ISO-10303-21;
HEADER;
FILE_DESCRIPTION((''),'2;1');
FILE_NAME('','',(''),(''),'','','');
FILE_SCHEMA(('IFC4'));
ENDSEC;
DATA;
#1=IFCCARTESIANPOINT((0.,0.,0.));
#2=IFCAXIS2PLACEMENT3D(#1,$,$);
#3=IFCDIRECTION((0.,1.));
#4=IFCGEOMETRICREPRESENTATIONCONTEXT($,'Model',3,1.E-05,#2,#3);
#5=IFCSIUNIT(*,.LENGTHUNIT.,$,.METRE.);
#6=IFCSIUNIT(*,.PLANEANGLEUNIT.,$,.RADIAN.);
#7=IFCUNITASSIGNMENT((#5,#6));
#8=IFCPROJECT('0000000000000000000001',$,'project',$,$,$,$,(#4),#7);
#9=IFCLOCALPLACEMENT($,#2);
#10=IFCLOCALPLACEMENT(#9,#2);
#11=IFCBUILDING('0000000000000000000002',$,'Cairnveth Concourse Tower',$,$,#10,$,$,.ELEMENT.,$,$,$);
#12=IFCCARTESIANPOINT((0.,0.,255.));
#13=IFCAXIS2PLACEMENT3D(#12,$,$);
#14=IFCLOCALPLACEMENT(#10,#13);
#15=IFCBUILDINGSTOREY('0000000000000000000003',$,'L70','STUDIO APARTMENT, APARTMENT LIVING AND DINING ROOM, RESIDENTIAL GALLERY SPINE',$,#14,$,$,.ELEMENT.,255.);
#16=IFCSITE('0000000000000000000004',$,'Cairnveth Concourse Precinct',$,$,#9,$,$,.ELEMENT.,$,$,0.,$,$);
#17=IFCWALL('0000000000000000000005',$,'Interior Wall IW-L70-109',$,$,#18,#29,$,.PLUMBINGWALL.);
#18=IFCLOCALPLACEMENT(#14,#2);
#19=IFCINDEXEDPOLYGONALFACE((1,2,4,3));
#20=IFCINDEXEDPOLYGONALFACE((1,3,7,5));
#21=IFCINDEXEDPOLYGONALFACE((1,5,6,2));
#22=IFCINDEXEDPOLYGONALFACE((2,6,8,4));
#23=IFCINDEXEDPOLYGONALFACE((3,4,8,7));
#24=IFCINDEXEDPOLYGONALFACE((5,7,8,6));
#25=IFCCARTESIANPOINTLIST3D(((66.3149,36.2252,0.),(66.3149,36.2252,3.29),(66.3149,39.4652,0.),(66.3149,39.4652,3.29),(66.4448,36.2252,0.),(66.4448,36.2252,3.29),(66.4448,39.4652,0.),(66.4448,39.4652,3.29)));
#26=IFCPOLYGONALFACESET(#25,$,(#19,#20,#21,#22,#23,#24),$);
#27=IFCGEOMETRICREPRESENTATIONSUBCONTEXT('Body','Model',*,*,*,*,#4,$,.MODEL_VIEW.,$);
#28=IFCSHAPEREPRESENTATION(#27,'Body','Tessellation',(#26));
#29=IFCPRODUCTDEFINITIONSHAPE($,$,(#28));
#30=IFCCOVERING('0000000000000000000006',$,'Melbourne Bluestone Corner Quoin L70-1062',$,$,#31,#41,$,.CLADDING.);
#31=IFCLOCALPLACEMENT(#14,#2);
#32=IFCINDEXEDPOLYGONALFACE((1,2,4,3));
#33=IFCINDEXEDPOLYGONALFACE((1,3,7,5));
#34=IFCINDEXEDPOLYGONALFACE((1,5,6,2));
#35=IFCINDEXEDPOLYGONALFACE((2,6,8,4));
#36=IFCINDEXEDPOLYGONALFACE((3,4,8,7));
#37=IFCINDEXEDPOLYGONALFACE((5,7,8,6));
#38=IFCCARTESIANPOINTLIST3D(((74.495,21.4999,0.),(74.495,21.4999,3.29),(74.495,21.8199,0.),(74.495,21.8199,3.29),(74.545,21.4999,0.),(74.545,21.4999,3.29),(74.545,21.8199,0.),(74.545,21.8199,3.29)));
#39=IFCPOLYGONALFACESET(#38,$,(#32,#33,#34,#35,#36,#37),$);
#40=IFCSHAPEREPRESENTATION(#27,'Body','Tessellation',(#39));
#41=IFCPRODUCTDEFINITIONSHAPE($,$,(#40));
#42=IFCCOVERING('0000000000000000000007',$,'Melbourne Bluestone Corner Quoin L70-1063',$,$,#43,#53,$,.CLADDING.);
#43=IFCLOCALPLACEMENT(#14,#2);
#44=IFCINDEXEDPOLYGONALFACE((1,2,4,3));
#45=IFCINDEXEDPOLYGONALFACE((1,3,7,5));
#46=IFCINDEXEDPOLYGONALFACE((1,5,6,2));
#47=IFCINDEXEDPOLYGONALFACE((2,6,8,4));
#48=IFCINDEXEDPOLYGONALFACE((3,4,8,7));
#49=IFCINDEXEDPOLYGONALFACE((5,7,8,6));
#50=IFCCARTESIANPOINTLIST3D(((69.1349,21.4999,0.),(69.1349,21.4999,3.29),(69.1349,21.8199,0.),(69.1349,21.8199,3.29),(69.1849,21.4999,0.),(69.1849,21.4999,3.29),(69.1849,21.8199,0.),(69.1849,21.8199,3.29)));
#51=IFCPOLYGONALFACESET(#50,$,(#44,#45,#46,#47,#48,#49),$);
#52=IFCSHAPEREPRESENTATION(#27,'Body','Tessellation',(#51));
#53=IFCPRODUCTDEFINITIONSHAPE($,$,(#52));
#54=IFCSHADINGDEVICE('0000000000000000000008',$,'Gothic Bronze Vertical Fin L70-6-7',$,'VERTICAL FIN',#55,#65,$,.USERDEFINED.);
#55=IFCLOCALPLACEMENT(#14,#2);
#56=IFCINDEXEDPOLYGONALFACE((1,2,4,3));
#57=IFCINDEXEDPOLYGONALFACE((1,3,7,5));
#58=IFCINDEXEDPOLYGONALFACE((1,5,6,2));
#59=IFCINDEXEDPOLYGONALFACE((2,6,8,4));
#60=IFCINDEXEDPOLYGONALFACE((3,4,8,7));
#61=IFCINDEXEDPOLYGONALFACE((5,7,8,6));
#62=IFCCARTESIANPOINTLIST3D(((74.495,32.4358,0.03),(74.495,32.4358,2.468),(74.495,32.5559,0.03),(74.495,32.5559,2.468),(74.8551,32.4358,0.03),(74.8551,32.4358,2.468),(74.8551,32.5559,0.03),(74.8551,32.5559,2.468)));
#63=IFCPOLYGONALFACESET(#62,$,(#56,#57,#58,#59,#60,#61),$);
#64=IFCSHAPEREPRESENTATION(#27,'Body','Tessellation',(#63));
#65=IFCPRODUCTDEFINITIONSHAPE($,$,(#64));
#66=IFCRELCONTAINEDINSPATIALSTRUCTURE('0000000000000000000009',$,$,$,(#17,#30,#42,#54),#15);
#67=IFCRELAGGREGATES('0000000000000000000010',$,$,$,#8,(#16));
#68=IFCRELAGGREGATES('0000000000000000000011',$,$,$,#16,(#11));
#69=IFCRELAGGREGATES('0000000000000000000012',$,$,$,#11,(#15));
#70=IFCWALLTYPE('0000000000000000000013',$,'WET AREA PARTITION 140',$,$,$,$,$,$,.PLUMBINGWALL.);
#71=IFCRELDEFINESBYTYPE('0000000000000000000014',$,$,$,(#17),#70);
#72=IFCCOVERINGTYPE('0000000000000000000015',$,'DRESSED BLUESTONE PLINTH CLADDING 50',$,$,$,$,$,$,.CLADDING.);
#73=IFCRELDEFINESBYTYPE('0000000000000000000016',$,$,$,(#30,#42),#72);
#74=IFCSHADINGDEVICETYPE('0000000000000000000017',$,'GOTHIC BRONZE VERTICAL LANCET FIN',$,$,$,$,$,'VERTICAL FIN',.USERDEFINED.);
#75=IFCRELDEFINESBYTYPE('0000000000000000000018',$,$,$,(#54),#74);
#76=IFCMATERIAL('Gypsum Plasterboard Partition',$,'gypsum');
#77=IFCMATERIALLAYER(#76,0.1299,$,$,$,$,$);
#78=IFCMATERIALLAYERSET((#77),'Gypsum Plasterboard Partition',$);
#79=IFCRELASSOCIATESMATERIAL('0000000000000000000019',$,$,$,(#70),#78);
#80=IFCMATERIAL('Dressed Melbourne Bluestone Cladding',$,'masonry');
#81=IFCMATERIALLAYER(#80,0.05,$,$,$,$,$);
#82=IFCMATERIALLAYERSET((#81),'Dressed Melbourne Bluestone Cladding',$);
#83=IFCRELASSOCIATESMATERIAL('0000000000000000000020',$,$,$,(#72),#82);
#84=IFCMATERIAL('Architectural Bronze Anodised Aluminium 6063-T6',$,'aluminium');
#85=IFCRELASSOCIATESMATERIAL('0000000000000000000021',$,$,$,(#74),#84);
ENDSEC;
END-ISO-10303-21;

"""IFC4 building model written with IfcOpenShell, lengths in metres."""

from ifc_helpers import new_model, si_unit, direction, frame, frame_2d, origin, origin_2d, place, context, subcontext, project, spatial, rectangle, extrude, material, layer, layer_set, type_object, element, save


model = new_model("IFC4")

# Units and contexts
model_context = context("Model", 3, precision=1e-05, world=origin(), true_north=direction((0.0, 1.0)))
body_context = subcontext(model_context, "Body", "Model", "MODEL_VIEW")
ifc_project = project(units=[si_unit("LENGTHUNIT", "METRE"), si_unit("PLANEANGLEUNIT", "RADIAN")], contexts=[model_context])

# Site, building, storey
site_placement = place(None, origin())
site = spatial("IfcSite", under=ifc_project, at=site_placement, Name="Cairnveth Concourse Precinct", CompositionType="ELEMENT", RefElevation=0.0)
building_placement = place(site_placement, origin())
building = spatial("IfcBuilding", under=site, at=building_placement, Name="Cairnveth Concourse Tower", CompositionType="ELEMENT")
storey_placement = place(building_placement, frame((0.0, 0.0, 255.0)))
storey = spatial("IfcBuildingStorey", under=building, at=storey_placement, Name="L70", Description="STUDIO APARTMENT, APARTMENT LIVING AND DINING ROOM, RESIDENTIAL GALLERY SPINE", CompositionType="ELEMENT", Elevation=255.0)

# Shared definitions
ifc_material_1 = material(Name="Gypsum Plasterboard Partition", Category="gypsum")

# Shared definitions
ifc_layer_1 = layer(ifc_material_1, 0.1299)
ifc_layer_set_1 = layer_set([ifc_layer_1], Name="Gypsum Plasterboard Partition")
wall_type_1 = type_object("IfcWallType", Name="WET AREA PARTITION 140", PredefinedType="PLUMBINGWALL", material=ifc_layer_set_1)

# Wall
wall_1_placement = place(storey_placement, frame((66.3799, 36.2251, 0.0), z_axis=(0.0, 0.0, 1.0), x_axis=(0.0, 1.0, 0.0)))
element("IfcWall", 1, at=wall_1_placement, inside=storey, type_object=wall_type_1, Name="Interior Wall IW-L70-109", PredefinedType="PLUMBINGWALL", context=body_context, shape_type="SweptSolid", body=[
    extrude(rectangle(XDim=3.24, YDim=0.1299, at=frame_2d((1.6201, 0.0))), origin(), (0.0, 0.0, 1.0), 3.29),
])

# Coverings
ifc_material_2 = material(Name="Dressed Melbourne Bluestone Cladding", Category="masonry")
ifc_layer_2 = layer(ifc_material_2, 0.05)
ifc_layer_set_2 = layer_set([ifc_layer_2], Name="Dressed Melbourne Bluestone Cladding")
covering_type = type_object("IfcCoveringType", Name="DRESSED BLUESTONE PLINTH CLADDING 50", PredefinedType="CLADDING", material=ifc_layer_set_2)
for number, where, z_axis, x_axis, name in (
    (2, (74.52, 21.8201, 0.0), (0.0, 0.0, 1.0), (0.0, -1.0, 0.0), "Melbourne Bluestone Corner Quoin L70-1062"),
    (3, (69.1599, 21.8201, 0.0), (0.0, 0.0, 1.0), (0.0, -1.0, 0.0), "Melbourne Bluestone Corner Quoin L70-1063"),
):
    element("IfcCovering", number, at=place(storey_placement, frame(where, z_axis=z_axis, x_axis=x_axis)), inside=storey, type_object=covering_type, Name=name, PredefinedType="CLADDING", context=body_context, shape_type="SweptSolid", body=[
        extrude(rectangle(XDim=0.3201, YDim=0.05, at=frame_2d((0.1602, 0.0))), origin(), (0.0, 0.0, 1.0), 3.29),
    ])

# Shading device
ifc_material_3 = material(Name="Architectural Bronze Anodised Aluminium 6063-T6", Category="aluminium")
shading_device_type = type_object("IfcShadingDeviceType", Name="GOTHIC BRONZE VERTICAL LANCET FIN", ElementType="VERTICAL FIN", PredefinedType="USERDEFINED", material=ifc_material_3)
shading_device_placement = place(storey_placement, frame((74.675, 32.4958, 0.03), z_axis=(0.0, 0.0, 1.0), x_axis=(0.0, 1.0, 0.0)))
element("IfcShadingDevice", 4, at=shading_device_placement, inside=storey, type_object=shading_device_type, Name="Gothic Bronze Vertical Fin L70-6-7", ObjectType="VERTICAL FIN", PredefinedType="USERDEFINED", context=body_context, shape_type="SweptSolid", body=[
    extrude(rectangle(XDim=0.1201, YDim=0.3601, at=origin_2d()), origin(), (0.0, 0.0, 1.0), 2.438),
])

save(model, "model.ifc")
